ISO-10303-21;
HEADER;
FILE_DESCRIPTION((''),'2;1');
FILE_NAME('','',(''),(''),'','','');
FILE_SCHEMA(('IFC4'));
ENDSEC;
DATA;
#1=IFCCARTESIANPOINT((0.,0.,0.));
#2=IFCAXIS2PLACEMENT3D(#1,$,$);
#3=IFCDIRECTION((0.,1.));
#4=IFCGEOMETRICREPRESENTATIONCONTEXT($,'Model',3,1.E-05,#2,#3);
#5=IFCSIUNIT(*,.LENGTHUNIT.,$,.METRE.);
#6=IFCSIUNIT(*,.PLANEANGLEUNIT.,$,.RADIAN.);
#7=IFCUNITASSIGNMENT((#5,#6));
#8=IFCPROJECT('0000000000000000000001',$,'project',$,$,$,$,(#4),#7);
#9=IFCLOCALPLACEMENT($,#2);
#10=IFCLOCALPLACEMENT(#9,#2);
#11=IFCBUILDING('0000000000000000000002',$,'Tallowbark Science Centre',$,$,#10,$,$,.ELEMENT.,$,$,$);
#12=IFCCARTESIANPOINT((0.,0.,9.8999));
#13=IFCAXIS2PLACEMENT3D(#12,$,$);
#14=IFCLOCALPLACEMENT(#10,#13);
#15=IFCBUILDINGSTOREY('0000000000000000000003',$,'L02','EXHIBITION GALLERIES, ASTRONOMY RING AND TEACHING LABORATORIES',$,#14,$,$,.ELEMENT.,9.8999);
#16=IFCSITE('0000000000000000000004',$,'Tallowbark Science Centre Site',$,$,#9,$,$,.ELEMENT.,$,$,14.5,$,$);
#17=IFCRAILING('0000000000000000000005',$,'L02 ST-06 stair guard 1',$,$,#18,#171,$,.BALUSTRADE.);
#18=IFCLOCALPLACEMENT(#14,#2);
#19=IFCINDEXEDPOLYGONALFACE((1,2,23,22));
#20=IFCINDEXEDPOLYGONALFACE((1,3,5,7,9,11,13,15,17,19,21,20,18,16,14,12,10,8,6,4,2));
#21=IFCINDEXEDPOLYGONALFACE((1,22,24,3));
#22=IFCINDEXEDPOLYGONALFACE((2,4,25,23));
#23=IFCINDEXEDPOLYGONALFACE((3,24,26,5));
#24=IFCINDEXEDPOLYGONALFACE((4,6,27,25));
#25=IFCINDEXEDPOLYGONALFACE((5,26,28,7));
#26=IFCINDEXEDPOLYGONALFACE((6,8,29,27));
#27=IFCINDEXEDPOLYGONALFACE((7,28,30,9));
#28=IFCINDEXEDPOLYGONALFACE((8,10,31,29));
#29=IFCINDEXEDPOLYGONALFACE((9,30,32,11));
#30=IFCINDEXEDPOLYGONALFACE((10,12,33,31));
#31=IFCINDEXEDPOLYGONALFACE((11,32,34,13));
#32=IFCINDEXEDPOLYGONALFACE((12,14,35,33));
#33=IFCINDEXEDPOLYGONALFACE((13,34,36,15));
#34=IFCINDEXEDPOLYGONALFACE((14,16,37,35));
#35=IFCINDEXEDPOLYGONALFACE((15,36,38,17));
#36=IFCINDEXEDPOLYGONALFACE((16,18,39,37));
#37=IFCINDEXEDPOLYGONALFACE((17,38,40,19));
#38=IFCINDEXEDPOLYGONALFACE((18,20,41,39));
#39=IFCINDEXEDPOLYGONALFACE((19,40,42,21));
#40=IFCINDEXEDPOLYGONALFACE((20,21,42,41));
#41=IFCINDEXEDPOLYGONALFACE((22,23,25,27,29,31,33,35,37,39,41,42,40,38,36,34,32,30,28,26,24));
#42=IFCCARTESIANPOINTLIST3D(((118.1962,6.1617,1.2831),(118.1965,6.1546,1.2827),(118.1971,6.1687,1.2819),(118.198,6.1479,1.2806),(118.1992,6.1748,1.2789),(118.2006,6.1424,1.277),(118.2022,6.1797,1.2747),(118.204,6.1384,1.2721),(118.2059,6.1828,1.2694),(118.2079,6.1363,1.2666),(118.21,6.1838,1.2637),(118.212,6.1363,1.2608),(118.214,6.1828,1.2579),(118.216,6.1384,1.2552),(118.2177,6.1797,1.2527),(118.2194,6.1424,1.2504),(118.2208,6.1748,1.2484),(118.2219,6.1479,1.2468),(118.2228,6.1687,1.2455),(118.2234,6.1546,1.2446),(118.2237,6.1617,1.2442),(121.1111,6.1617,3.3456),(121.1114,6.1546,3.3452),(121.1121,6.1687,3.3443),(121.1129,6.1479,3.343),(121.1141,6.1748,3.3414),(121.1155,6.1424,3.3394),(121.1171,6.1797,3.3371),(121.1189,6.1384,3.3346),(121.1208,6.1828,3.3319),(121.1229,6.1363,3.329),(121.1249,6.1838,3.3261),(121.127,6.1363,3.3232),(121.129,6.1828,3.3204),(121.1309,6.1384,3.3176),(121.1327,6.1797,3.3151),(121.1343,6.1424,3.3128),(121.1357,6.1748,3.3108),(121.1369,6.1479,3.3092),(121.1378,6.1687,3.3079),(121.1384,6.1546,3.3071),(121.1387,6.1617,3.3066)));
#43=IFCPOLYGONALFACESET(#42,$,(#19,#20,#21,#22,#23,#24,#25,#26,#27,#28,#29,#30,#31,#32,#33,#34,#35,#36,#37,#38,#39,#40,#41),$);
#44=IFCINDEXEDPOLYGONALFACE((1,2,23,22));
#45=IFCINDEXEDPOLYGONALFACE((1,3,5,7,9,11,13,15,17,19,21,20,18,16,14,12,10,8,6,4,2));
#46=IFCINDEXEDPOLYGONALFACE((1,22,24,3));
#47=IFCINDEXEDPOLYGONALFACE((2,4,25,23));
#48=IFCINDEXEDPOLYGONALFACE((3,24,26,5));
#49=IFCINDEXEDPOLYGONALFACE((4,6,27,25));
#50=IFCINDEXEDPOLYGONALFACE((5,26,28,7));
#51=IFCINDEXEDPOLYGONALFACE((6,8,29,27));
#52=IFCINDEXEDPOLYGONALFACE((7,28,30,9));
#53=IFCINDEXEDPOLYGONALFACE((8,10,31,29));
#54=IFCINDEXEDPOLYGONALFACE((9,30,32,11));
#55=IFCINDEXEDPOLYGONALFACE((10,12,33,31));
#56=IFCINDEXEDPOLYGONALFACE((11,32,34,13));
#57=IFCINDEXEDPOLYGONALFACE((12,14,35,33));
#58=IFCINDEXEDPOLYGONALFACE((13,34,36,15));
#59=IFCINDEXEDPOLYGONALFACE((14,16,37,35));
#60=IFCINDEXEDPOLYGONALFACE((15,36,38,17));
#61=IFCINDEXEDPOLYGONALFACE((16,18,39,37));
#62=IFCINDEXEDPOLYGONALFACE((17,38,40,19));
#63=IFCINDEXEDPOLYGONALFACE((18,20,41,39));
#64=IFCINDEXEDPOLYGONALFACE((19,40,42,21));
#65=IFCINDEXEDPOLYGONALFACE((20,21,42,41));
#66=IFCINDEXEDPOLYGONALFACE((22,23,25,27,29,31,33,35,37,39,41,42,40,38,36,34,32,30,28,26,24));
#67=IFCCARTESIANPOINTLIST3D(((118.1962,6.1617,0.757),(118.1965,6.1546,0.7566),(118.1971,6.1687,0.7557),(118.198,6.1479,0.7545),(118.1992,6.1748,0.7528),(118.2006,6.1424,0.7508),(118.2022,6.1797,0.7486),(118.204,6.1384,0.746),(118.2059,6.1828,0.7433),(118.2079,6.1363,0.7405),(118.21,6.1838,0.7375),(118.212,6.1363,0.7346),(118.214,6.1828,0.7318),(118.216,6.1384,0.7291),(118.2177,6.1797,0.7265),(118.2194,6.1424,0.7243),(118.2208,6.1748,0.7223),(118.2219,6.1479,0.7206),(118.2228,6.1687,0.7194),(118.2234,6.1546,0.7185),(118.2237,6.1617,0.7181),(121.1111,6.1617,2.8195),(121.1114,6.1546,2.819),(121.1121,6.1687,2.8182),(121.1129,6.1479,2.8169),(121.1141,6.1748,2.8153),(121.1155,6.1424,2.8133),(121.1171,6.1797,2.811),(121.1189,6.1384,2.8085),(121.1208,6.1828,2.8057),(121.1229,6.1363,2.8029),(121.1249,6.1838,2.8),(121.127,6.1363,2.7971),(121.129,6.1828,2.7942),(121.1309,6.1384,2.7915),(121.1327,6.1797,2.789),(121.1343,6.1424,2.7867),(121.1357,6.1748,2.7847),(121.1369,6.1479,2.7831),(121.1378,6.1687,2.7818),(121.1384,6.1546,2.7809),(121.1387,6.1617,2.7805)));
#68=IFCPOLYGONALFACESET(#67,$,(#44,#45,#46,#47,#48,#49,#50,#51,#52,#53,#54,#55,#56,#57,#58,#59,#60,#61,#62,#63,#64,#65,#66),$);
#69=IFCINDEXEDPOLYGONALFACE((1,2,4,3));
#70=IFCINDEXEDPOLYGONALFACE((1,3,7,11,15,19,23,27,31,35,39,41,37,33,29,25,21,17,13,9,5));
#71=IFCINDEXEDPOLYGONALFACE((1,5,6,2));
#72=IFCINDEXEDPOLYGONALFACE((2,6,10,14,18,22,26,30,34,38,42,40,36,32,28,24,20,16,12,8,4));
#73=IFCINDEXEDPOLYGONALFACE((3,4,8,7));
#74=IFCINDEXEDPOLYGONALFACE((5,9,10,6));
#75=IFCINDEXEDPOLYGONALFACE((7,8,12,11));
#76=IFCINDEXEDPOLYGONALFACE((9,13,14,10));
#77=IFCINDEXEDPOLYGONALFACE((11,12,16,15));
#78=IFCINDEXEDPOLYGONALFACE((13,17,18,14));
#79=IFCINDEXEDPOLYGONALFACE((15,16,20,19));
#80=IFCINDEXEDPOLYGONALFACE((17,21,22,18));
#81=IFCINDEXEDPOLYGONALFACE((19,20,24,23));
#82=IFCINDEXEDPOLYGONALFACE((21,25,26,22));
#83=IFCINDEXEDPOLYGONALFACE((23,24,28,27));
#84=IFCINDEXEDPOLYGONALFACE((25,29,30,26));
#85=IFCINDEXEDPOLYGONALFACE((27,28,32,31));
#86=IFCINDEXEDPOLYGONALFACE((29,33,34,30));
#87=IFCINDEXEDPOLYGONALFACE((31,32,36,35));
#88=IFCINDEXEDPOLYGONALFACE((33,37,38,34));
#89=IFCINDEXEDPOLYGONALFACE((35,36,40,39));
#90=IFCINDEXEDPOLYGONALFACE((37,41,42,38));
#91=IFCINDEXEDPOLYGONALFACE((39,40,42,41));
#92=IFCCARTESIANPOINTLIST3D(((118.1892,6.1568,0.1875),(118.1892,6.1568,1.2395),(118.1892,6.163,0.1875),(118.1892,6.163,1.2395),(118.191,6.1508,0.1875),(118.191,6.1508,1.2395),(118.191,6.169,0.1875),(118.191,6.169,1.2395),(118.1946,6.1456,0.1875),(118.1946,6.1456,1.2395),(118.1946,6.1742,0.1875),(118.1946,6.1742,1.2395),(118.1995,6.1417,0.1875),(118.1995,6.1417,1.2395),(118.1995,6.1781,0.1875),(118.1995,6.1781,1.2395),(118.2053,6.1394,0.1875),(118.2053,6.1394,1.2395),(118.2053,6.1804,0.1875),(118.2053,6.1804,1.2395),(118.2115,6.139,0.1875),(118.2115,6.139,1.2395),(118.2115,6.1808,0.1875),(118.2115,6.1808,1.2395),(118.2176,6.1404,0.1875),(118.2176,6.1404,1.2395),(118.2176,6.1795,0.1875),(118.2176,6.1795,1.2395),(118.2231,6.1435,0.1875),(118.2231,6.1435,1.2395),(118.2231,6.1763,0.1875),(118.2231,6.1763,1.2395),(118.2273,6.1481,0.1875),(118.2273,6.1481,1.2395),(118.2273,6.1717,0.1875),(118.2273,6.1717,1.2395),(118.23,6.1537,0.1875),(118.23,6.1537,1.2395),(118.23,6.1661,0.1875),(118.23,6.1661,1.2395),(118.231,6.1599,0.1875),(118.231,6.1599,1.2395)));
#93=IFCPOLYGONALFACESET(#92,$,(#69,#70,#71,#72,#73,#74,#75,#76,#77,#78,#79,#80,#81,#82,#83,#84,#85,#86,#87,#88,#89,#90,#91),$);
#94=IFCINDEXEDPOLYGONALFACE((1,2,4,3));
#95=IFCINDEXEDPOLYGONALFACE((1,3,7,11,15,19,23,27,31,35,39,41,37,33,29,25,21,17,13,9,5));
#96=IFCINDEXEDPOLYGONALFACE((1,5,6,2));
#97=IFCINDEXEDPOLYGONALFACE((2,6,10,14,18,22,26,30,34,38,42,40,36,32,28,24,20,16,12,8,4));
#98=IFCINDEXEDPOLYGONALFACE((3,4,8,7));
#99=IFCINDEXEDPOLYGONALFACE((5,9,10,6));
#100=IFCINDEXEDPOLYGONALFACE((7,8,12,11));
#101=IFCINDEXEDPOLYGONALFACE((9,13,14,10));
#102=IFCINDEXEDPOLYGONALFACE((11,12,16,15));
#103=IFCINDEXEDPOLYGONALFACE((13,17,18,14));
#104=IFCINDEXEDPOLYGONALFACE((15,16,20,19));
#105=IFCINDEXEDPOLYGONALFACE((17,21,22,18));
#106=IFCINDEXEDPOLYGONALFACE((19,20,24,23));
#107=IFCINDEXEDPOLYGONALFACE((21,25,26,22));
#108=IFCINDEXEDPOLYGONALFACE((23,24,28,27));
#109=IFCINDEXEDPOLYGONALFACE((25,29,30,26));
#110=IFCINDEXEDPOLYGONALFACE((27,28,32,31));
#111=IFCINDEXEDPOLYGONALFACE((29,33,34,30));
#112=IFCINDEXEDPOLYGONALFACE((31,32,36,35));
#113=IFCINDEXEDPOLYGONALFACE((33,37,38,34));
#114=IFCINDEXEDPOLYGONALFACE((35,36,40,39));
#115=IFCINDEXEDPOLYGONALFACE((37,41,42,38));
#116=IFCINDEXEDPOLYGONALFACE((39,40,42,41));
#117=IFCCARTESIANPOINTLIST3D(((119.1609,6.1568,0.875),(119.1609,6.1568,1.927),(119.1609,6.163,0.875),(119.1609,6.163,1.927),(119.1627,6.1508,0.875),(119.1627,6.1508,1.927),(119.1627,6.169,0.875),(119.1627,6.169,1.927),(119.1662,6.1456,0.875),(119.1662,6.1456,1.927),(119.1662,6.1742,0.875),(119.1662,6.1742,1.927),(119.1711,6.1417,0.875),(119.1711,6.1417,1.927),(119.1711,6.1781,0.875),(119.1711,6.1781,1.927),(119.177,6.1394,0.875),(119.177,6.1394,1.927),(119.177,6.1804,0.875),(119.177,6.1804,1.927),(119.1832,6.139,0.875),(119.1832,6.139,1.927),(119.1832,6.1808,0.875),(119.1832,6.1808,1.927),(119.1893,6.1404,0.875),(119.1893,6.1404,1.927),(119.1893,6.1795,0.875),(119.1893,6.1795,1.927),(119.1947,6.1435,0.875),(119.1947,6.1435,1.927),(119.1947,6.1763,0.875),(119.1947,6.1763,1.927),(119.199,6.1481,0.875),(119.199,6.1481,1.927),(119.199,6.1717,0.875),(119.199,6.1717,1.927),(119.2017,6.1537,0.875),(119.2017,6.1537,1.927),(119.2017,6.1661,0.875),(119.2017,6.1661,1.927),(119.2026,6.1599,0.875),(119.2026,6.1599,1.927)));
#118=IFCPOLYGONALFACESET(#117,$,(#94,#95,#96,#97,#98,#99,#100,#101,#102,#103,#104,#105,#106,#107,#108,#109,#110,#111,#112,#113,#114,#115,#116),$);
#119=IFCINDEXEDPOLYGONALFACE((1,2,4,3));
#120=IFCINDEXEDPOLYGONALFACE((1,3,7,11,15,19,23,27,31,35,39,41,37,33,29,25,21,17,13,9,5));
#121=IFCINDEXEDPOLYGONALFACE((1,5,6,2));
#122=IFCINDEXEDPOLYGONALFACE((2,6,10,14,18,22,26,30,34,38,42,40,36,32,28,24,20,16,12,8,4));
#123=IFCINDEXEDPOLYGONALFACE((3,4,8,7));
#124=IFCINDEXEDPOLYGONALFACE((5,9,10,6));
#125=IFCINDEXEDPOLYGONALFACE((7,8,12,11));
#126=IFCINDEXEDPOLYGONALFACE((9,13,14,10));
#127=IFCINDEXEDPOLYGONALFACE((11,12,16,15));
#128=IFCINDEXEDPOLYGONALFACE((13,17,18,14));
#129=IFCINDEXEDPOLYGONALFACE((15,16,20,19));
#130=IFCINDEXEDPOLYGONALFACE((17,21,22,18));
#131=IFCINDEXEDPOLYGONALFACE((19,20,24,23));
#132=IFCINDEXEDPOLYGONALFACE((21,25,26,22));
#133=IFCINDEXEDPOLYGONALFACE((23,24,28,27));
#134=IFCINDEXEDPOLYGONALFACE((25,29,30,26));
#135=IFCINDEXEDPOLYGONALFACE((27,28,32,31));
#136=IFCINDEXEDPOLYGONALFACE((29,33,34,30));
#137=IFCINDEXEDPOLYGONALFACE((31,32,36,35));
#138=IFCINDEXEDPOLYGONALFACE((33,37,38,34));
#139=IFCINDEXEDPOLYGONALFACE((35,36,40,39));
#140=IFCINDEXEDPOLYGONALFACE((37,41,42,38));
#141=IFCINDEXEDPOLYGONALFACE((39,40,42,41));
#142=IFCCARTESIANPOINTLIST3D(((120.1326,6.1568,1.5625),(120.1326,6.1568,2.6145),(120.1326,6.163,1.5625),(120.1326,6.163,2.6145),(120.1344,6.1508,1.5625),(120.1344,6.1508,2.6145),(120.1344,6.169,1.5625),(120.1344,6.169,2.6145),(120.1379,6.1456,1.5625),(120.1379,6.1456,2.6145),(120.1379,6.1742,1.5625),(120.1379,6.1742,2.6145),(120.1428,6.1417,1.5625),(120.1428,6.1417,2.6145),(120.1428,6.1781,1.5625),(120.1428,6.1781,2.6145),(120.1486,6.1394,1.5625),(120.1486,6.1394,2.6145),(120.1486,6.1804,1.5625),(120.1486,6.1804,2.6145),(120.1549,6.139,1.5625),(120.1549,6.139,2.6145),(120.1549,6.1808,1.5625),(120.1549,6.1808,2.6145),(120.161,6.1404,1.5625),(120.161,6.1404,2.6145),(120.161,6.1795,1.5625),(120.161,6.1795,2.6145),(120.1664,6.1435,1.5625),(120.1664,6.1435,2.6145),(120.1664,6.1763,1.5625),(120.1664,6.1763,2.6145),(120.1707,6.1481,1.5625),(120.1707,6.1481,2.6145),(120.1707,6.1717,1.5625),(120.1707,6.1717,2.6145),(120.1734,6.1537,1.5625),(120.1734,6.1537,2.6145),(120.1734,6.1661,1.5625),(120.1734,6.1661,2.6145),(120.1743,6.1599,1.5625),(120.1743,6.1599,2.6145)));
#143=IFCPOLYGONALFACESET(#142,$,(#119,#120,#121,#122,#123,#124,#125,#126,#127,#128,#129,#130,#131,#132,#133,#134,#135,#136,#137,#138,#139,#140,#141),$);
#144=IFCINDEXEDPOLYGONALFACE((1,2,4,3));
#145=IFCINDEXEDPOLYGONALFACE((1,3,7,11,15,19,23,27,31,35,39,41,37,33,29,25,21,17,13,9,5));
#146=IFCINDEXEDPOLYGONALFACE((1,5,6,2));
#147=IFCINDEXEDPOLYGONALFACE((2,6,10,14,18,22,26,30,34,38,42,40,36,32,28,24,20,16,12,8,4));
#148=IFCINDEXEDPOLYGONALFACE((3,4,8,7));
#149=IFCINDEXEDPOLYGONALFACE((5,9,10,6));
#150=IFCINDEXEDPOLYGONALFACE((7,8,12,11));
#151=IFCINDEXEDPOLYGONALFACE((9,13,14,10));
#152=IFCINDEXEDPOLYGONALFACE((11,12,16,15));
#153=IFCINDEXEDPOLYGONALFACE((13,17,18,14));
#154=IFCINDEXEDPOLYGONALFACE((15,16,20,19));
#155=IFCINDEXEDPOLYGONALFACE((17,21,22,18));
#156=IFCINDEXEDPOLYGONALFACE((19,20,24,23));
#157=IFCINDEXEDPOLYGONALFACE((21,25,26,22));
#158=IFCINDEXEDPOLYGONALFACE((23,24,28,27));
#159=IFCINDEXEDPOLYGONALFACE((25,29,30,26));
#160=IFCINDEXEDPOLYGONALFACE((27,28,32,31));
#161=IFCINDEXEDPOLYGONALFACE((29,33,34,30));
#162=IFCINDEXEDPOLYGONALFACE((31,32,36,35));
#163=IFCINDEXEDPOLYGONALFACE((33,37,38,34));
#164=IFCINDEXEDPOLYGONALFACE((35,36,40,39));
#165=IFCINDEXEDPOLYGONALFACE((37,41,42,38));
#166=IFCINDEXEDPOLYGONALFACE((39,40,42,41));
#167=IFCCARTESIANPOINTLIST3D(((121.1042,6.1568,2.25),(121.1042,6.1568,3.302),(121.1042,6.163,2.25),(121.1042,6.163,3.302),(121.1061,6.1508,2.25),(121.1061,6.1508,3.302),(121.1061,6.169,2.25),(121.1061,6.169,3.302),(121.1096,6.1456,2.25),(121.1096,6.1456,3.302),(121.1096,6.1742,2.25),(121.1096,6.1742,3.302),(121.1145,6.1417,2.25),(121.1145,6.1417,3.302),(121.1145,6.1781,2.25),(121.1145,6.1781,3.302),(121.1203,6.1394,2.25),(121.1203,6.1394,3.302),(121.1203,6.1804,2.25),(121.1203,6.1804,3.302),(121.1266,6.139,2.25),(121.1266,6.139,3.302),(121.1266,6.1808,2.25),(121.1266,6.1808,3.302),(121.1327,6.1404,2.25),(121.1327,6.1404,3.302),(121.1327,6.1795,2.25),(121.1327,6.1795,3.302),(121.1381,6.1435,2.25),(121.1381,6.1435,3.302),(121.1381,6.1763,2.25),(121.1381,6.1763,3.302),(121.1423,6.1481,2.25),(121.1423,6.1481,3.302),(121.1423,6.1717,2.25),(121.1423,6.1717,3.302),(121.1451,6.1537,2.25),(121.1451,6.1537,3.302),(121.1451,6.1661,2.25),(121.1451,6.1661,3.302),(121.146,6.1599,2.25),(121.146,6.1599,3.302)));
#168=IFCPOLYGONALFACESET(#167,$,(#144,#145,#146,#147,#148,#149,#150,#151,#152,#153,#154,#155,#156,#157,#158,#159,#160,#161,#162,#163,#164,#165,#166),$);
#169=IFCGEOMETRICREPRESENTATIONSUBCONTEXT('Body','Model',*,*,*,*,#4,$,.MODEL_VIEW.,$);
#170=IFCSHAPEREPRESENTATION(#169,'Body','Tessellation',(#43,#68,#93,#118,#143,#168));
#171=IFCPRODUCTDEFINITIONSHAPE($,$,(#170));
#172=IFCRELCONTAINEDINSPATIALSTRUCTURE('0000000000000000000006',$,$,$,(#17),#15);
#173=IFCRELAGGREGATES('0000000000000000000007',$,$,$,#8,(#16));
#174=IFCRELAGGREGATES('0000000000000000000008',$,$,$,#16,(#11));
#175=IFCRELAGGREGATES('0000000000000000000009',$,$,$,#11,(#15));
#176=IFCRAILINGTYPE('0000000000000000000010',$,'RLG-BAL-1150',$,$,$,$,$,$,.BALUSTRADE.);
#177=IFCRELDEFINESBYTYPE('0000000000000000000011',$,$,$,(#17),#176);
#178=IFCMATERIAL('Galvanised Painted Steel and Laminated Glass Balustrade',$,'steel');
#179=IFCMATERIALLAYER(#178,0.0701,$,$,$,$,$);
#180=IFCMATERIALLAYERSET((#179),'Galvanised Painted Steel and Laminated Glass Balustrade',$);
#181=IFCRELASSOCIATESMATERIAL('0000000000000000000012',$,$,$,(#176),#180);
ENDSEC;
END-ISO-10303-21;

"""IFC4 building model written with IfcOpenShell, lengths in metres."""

from ifc_helpers import new_model, si_unit, direction, frame, origin, origin_2d, place, context, subcontext, project, spatial, circle, extrude, material, layer, layer_set, type_object, element, save


model = new_model("IFC4")

# Units and contexts
model_context = context("Model", 3, precision=1e-05, world=origin(), true_north=direction((0.0, 1.0)))
body_context = subcontext(model_context, "Body", "Model", "MODEL_VIEW")
ifc_project = project(units=[si_unit("LENGTHUNIT", "METRE"), si_unit("PLANEANGLEUNIT", "RADIAN")], contexts=[model_context])

# Site, building, storey
site_placement = place(None, origin())
site = spatial("IfcSite", under=ifc_project, at=site_placement, Name="Tallowbark Science Centre Site", CompositionType="ELEMENT", RefElevation=14.5)
building_placement = place(site_placement, origin())
building = spatial("IfcBuilding", under=site, at=building_placement, Name="Tallowbark Science Centre", CompositionType="ELEMENT")
storey_placement = place(building_placement, frame((0.0, 0.0, 9.8999)))
storey = spatial("IfcBuildingStorey", under=building, at=storey_placement, Name="L02", Description="EXHIBITION GALLERIES, ASTRONOMY RING AND TEACHING LABORATORIES", CompositionType="ELEMENT", Elevation=9.8999)

# Railing
ifc_material_1 = material(Name="Galvanised Painted Steel and Laminated Glass Balustrade", Category="steel")
ifc_layer_1 = layer(ifc_material_1, 0.0701)
ifc_layer_set_1 = layer_set([ifc_layer_1], Name="Galvanised Painted Steel and Laminated Glass Balustrade")
railing_type_1 = type_object("IfcRailingType", Name="RLG-BAL-1150", PredefinedType="BALUSTRADE", material=ifc_layer_set_1)
railing_1_placement = place(storey_placement, frame((118.21, 6.1599, 0.1875)))
element("IfcRailing", 1, at=railing_1_placement, inside=storey, type_object=railing_type_1, Name="L02 ST-06 stair guard 1", PredefinedType="BALUSTRADE", context=body_context, shape_type="SweptSolid", body=[
    extrude(circle(Radius=0.0239, at=origin_2d()), frame((0.0, 0.0, 1.0762), z_axis=(0.816331, 0.0, 0.577585), x_axis=(0.0, 1.0, 0.0)), (0.0, 0.0, 1.0), 3.5708),
    extrude(circle(Radius=0.0239, at=origin_2d()), frame((0.0, 0.0, 0.55), z_axis=(0.816331, 0.0, 0.577585), x_axis=(0.0, 1.0, 0.0)), (0.0, 0.0, 1.0), 3.5708),
    extrude(circle(Radius=0.021, at=origin_2d()), origin(), (0.0, 0.0, 1.0), 1.052),
    extrude(circle(Radius=0.021, at=origin_2d()), frame((0.9717, 0.0, 0.6875)), (0.0, 0.0, 1.0), 1.052),
    extrude(circle(Radius=0.021, at=origin_2d()), frame((1.9434, 0.0, 1.375)), (0.0, 0.0, 1.0), 1.052),
    extrude(circle(Radius=0.021, at=origin_2d()), frame((2.915, 0.0, 2.0625)), (0.0, 0.0, 1.0), 1.052),
])

save(model, "model.ifc")
